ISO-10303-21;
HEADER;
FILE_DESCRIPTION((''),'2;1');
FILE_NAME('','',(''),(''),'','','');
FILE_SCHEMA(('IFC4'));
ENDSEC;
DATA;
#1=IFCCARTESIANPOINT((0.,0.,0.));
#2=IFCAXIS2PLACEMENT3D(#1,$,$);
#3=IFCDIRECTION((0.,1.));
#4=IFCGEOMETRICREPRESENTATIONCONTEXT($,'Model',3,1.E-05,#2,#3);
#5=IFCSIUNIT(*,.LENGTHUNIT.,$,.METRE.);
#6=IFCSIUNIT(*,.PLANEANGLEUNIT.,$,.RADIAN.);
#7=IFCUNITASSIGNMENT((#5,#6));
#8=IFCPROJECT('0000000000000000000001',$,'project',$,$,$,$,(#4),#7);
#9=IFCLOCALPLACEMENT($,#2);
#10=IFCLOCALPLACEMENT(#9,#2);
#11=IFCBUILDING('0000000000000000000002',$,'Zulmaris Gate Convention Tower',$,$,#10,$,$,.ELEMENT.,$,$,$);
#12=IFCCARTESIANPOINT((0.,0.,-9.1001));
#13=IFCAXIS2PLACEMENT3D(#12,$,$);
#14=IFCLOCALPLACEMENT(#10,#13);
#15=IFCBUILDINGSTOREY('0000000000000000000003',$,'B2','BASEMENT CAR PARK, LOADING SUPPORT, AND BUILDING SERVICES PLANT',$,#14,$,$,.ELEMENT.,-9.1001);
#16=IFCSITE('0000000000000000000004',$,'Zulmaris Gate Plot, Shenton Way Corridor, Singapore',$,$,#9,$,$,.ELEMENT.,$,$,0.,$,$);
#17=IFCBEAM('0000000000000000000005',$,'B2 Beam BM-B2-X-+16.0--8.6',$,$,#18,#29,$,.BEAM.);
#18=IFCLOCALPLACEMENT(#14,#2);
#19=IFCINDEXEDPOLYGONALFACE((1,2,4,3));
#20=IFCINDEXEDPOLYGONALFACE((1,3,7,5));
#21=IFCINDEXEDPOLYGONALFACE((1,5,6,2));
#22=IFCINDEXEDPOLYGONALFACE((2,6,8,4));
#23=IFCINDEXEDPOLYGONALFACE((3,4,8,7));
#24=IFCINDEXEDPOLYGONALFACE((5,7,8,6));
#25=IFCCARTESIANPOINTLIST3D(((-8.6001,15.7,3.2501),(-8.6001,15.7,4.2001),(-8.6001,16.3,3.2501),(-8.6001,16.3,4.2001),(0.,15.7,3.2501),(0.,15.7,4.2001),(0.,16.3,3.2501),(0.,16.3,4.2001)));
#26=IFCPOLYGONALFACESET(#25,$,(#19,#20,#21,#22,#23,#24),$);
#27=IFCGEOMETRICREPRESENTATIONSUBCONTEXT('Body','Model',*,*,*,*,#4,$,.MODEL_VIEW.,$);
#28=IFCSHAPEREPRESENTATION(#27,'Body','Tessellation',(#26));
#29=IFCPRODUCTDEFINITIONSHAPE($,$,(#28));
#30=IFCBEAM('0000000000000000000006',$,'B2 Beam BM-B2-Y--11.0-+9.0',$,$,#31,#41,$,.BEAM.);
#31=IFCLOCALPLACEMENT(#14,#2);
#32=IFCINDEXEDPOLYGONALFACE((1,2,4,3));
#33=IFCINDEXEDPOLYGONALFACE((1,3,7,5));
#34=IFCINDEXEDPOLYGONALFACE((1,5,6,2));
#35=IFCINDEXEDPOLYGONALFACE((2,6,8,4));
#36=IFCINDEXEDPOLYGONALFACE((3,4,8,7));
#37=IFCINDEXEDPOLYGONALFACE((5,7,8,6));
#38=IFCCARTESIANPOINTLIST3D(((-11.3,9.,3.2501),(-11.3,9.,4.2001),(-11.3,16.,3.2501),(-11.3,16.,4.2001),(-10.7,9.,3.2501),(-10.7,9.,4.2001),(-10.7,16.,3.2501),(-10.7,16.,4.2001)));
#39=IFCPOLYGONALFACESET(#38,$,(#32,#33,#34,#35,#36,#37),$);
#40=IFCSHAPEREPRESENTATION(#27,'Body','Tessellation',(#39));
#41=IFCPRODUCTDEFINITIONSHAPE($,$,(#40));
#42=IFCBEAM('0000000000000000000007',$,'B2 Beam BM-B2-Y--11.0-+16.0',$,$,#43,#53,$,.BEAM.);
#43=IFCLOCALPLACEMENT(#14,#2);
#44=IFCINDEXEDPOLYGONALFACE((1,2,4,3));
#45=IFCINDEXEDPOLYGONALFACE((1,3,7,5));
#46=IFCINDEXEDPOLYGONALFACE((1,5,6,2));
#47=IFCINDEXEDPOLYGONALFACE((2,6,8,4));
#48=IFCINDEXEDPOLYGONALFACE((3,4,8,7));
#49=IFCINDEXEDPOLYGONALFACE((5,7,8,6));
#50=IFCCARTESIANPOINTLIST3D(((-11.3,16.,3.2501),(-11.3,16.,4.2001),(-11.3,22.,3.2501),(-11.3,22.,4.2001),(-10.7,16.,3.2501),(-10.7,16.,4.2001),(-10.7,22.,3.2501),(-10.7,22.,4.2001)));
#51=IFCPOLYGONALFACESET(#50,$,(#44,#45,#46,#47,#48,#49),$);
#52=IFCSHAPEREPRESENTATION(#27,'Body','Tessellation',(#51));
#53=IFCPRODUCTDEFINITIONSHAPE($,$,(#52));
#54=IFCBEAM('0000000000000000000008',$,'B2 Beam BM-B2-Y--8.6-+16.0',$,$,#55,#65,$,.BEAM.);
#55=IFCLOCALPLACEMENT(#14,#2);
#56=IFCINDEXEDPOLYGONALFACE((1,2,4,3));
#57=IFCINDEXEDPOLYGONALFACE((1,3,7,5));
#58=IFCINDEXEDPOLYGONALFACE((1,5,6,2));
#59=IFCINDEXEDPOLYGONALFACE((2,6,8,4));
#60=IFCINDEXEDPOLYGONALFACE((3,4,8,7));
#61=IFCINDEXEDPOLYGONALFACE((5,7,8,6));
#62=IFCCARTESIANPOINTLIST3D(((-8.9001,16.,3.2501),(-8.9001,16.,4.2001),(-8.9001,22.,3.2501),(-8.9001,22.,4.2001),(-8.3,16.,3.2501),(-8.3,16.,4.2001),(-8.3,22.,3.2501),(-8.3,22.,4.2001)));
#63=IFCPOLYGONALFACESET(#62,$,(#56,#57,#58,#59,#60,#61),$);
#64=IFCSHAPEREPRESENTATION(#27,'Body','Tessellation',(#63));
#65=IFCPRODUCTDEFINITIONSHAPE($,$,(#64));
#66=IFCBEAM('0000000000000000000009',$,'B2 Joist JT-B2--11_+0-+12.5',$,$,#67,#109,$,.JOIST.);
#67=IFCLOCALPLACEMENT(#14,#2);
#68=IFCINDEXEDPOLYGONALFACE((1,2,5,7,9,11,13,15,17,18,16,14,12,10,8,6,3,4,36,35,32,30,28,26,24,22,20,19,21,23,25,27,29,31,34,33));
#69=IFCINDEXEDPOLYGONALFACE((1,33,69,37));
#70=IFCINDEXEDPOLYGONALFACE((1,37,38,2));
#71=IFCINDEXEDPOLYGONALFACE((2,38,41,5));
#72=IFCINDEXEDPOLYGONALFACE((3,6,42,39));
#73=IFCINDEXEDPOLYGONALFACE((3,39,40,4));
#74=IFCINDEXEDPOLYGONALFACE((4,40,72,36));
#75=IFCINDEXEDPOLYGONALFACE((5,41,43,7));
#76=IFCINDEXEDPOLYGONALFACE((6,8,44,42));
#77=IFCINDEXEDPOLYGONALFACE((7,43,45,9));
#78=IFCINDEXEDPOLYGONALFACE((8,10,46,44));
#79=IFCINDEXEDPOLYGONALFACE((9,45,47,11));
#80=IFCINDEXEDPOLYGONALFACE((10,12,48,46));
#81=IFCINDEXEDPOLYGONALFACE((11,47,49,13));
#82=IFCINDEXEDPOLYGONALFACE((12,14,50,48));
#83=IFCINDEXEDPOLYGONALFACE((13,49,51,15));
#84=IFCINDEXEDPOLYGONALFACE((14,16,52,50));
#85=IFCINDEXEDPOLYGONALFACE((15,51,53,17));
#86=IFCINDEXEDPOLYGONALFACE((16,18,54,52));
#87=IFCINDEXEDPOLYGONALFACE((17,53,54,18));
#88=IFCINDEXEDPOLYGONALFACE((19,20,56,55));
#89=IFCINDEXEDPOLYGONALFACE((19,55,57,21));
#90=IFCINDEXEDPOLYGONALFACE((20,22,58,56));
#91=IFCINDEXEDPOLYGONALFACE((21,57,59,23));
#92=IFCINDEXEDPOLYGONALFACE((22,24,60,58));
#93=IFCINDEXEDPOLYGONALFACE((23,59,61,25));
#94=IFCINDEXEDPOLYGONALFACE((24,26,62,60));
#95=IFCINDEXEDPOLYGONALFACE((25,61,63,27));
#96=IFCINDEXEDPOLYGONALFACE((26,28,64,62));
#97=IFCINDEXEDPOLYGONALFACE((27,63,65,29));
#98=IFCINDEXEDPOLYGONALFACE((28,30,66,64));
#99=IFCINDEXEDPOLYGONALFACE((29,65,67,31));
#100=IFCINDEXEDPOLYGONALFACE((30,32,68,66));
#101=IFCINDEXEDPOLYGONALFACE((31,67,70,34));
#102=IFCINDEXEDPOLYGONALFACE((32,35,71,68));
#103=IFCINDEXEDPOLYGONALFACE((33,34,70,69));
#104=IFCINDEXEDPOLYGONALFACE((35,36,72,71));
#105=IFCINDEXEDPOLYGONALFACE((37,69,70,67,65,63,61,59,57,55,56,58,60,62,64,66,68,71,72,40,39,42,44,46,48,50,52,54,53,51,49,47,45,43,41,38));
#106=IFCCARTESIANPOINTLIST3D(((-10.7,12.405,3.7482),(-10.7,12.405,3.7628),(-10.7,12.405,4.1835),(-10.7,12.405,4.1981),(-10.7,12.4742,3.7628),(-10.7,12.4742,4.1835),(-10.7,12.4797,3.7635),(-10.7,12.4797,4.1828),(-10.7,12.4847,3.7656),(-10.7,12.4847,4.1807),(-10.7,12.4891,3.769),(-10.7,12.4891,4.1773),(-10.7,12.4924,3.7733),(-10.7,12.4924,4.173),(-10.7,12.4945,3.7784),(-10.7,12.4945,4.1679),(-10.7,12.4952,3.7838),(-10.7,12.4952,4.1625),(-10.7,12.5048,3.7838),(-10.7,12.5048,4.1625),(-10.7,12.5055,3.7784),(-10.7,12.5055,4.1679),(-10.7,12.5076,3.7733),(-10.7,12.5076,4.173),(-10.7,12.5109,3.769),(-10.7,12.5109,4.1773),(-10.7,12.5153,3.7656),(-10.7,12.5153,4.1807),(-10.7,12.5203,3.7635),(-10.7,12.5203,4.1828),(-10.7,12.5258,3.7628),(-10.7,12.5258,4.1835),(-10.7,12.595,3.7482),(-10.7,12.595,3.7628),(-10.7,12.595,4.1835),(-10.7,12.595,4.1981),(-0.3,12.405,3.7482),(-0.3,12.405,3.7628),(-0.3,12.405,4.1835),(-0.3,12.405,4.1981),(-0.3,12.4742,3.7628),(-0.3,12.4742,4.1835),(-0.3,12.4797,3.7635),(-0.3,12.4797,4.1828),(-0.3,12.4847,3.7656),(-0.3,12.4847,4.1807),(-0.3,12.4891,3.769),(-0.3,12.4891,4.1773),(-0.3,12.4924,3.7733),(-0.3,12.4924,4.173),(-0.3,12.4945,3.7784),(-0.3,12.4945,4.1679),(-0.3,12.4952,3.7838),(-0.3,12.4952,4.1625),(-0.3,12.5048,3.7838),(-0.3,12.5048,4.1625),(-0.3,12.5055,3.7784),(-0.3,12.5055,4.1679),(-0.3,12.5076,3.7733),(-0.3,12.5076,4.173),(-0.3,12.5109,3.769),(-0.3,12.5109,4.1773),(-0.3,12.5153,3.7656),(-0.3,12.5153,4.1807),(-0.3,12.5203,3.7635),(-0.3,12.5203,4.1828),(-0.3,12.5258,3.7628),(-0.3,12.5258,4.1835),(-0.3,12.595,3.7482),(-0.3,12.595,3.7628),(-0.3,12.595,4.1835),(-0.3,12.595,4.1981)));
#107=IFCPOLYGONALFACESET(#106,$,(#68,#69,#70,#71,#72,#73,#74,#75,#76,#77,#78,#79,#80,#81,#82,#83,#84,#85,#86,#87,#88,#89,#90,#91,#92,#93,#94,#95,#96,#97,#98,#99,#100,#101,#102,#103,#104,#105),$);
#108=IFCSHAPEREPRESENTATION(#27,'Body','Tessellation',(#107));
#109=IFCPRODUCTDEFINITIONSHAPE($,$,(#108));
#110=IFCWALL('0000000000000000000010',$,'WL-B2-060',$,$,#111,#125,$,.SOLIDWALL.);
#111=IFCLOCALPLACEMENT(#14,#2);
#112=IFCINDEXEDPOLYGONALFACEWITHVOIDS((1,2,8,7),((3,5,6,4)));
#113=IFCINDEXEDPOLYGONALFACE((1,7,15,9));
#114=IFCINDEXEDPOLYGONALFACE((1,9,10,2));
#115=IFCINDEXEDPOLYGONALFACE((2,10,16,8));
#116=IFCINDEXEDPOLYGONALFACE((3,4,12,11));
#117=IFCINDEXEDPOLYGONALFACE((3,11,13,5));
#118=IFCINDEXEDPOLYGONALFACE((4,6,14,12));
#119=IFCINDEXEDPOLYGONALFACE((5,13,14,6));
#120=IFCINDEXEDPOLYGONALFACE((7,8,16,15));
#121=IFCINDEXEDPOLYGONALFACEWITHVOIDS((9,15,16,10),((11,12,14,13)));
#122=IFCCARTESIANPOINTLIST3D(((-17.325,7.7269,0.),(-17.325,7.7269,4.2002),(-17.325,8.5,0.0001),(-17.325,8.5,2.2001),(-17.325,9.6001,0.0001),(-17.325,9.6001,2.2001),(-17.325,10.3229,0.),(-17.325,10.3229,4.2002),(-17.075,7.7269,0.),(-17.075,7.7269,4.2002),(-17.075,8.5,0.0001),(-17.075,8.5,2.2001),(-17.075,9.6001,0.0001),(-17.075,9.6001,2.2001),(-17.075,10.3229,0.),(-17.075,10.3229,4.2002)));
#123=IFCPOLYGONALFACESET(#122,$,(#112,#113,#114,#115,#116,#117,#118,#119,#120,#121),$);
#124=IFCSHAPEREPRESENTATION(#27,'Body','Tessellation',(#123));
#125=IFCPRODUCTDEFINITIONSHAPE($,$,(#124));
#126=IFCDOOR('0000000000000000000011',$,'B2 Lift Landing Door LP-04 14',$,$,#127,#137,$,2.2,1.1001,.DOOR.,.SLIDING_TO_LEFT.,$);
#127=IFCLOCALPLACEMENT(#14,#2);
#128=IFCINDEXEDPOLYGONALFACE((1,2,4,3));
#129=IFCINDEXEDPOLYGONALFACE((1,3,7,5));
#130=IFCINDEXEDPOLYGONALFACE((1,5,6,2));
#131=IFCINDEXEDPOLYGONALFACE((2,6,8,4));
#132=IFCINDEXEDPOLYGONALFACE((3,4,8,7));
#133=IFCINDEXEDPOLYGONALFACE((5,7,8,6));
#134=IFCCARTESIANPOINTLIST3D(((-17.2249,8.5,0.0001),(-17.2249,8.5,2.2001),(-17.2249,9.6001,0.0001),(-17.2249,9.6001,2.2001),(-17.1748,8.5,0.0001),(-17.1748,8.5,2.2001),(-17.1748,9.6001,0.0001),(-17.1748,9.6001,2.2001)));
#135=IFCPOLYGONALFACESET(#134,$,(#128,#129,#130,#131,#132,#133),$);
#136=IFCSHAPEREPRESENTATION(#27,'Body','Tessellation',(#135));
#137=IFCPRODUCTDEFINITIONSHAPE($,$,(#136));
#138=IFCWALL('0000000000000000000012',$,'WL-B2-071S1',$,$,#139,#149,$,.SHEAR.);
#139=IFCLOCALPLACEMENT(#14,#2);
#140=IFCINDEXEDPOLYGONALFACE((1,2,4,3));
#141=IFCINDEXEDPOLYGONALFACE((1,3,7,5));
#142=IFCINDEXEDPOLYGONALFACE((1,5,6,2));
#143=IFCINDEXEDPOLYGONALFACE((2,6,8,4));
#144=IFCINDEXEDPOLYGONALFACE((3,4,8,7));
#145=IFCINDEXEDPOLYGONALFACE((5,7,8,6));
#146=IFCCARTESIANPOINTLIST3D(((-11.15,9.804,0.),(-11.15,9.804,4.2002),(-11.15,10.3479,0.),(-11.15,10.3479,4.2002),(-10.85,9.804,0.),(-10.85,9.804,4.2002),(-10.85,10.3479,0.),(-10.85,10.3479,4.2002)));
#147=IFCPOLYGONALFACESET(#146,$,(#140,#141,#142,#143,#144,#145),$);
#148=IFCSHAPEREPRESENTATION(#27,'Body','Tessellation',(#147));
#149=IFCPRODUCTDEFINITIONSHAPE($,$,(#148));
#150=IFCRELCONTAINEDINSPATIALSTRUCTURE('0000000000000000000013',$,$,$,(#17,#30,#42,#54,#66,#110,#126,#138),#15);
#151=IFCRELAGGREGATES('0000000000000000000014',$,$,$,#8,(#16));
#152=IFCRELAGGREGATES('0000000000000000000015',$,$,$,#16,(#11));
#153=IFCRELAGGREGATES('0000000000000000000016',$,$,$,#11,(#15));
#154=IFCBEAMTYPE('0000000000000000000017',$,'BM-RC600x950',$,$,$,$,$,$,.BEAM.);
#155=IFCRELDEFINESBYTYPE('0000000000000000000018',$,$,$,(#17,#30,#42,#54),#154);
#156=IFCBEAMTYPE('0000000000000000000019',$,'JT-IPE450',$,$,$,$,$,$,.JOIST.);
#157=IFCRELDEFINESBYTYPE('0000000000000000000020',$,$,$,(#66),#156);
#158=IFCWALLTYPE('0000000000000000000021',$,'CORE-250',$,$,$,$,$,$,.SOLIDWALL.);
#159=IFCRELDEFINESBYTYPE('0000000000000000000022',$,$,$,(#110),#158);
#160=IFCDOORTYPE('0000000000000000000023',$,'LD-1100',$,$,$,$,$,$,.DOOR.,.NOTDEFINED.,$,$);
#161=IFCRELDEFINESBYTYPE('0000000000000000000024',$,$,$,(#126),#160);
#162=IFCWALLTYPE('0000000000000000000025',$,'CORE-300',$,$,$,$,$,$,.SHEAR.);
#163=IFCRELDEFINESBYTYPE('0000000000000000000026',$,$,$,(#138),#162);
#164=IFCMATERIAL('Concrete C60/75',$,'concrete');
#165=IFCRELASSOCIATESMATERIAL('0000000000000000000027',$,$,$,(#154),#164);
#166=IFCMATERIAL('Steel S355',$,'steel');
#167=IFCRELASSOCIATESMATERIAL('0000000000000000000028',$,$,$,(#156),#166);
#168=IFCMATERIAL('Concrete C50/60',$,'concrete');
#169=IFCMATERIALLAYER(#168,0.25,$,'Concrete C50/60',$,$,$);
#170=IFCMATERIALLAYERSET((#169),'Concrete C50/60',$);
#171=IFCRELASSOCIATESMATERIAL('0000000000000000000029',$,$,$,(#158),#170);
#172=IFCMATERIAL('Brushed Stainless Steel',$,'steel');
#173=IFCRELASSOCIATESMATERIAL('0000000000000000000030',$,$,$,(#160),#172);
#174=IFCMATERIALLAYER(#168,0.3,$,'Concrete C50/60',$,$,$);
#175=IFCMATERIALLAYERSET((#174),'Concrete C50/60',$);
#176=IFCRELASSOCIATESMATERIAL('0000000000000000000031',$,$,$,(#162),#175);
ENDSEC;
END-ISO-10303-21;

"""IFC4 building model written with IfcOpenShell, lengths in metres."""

from ifc_helpers import new_model, si_unit, direction, frame, frame_2d, origin, origin_2d, place, context, subcontext, project, spatial, rectangle, i_section, extrude, material, layer, layer_set, material_profile, profile_set, type_object, element, fill, save


model = new_model("IFC4")

# Units and contexts
model_context = context("Model", 3, precision=1e-05, world=origin(), true_north=direction((0.0, 1.0)))
body_context = subcontext(model_context, "Body", "Model", "MODEL_VIEW")
ifc_project = project(units=[si_unit("LENGTHUNIT", "METRE"), si_unit("PLANEANGLEUNIT", "RADIAN")], contexts=[model_context])

# Site, building, storey
site_placement = place(None, origin())
site = spatial("IfcSite", under=ifc_project, at=site_placement, Name="Zulmaris Gate Plot, Shenton Way Corridor, Singapore", CompositionType="ELEMENT", RefElevation=0.0)
building_placement = place(site_placement, origin())
building = spatial("IfcBuilding", under=site, at=building_placement, Name="Zulmaris Gate Convention Tower", CompositionType="ELEMENT")
storey_placement = place(building_placement, frame((0.0, 0.0, -9.1001)))
storey = spatial("IfcBuildingStorey", under=building, at=storey_placement, Name="B2", Description="BASEMENT CAR PARK, LOADING SUPPORT, AND BUILDING SERVICES PLANT", CompositionType="ELEMENT", Elevation=-9.1001)

# Shared definitions
ifc_material_1 = material(Name="Concrete C50/60", Category="concrete")

# Beams
ifc_material_2 = material(Name="Concrete C60/75", Category="concrete")
ifc_material_profile_1 = material_profile(ifc_material_2, rectangle(XDim=0.6001, YDim=0.95, at=origin_2d()), Name="RC BEAM 600x950")
ifc_profile_set_1 = profile_set([ifc_material_profile_1], Name="Concrete C60/75")
beam_type_1 = type_object("IfcBeamType", Name="BM-RC600x950", PredefinedType="BEAM", material=ifc_profile_set_1)
beam_1_placement = place(storey_placement, frame((-8.6001, 16.0, 3.7251), z_axis=(1.0, 0.0, 0.0), x_axis=(0.0, 1.0, 0.0)))
element("IfcBeam", 1, at=beam_1_placement, inside=storey, type_object=beam_type_1, Name="B2 Beam BM-B2-X-+16.0--8.6", PredefinedType="BEAM", context=body_context, shape_type="SweptSolid", body=[
    extrude(rectangle(XDim=0.6001, YDim=0.95, at=origin_2d()), origin(), (0.0, 0.0, 1.0), 8.6001),
])
beam_2_placement = place(storey_placement, frame((-11.0, 9.0, 3.7251), z_axis=(0.0, 1.0, 0.0), x_axis=(-1.0, 0.0, 0.0)))
element("IfcBeam", 2, at=beam_2_placement, inside=storey, type_object=beam_type_1, Name="B2 Beam BM-B2-Y--11.0-+9.0", PredefinedType="BEAM", context=body_context, shape_type="SweptSolid", body=[
    extrude(rectangle(XDim=0.6001, YDim=0.95, at=origin_2d()), origin(), (0.0, 0.0, 1.0), 7.0),
])
for number, where, z_axis, x_axis, name in (
    (3, (-11.0, 16.0, 3.7251), (0.0, 1.0, 0.0), (-1.0, 0.0, 0.0), "B2 Beam BM-B2-Y--11.0-+16.0"),
    (4, (-8.6001, 16.0, 3.7251), (0.0, 1.0, 0.0), (-1.0, 0.0, 0.0), "B2 Beam BM-B2-Y--8.6-+16.0"),
):
    element("IfcBeam", number, at=place(storey_placement, frame(where, z_axis=z_axis, x_axis=x_axis)), inside=storey, type_object=beam_type_1, Name=name, PredefinedType="BEAM", context=body_context, shape_type="SweptSolid", body=[
        extrude(rectangle(XDim=0.6001, YDim=0.95, at=origin_2d()), origin(), (0.0, 0.0, 1.0), 6.0),
    ])
ifc_material_3 = material(Name="Steel S355", Category="steel")
ifc_material_profile_2 = material_profile(ifc_material_3, i_section(OverallWidth=0.1899, OverallDepth=0.45, WebThickness=0.0095, FlangeThickness=0.0146, FilletRadius=0.021, at=origin_2d()), Name="IPE 450")
ifc_profile_set_2 = profile_set([ifc_material_profile_2], Name="Steel S355")
beam_type_2 = type_object("IfcBeamType", Name="JT-IPE450", PredefinedType="JOIST", material=ifc_profile_set_2)
beam_3_placement = place(storey_placement, frame((-10.7, 12.5, 3.9731), z_axis=(1.0, 0.0, 0.0), x_axis=(0.0, 1.0, 0.0)))
element("IfcBeam", 5, at=beam_3_placement, inside=storey, type_object=beam_type_2, Name="B2 Joist JT-B2--11_+0-+12.5", PredefinedType="JOIST", context=body_context, shape_type="SweptSolid", body=[
    extrude(i_section(OverallWidth=0.1899, OverallDepth=0.45, WebThickness=0.0095, FlangeThickness=0.0146, FilletRadius=0.021, at=origin_2d()), origin(), (0.0, 0.0, 1.0), 10.3999),
])

# Wall, opening, door
ifc_layer_1 = layer(ifc_material_1, 0.25, Name="Concrete C50/60")
ifc_layer_set_1 = layer_set([ifc_layer_1], Name="Concrete C50/60")
wall_type_1 = type_object("IfcWallType", Name="CORE-250", PredefinedType="SOLIDWALL", material=ifc_layer_set_1)
wall_1_placement = place(storey_placement, frame((-17.2, 7.7271, 0.0), z_axis=(0.0, 0.0, 1.0), x_axis=(0.0, 1.0, 0.0)))
wall_1 = element("IfcWall", 6, at=wall_1_placement, inside=storey, type_object=wall_type_1, Name="WL-B2-060", PredefinedType="SOLIDWALL", context=body_context, shape_type="SweptSolid", body=[
    extrude(rectangle(XDim=2.5959, YDim=0.25, at=frame_2d((1.2979, 0.0))), origin(), (0.0, 0.0, 1.0), 4.2002),
])
opening_1_placement = place(wall_1_placement, frame((0.7729, 0.0, 0.0)))
opening_1 = element("IfcOpeningElement", 7, at=opening_1_placement, cuts=wall_1, PredefinedType="OPENING", context=body_context, shape_type="SweptSolid", body=[
    extrude(rectangle(XDim=1.1001, YDim=2.2, at=frame_2d((0.55, 1.1001))), frame((0.0, 0.135, 0.0), z_axis=(0.0, -1.0, 0.0), x_axis=(1.0, 0.0, 0.0)), (0.0, 0.0, 1.0), 0.27),
])
ifc_material_4 = material(Name="Brushed Stainless Steel", Category="steel")
door_type_1 = type_object("IfcDoorType", Name="LD-1100", OperationType="NOTDEFINED", PredefinedType="DOOR", material=ifc_material_4)
door_1_placement = place(opening_1_placement, origin())
door_1 = element("IfcDoor", 8, at=door_1_placement, inside=storey, type_object=door_type_1, Name="B2 Lift Landing Door LP-04 14", OperationType="SLIDING_TO_LEFT", OverallHeight=2.2, OverallWidth=1.1001, PredefinedType="DOOR", context=body_context, shape_type="SweptSolid", body=[
    extrude(rectangle(XDim=1.1001, YDim=2.2, at=frame_2d((0.55, 1.1001))), frame((0.0, 0.0249, 0.0), z_axis=(0.0, -1.0, 0.0), x_axis=(1.0, 0.0, 0.0)), (0.0, 0.0, 1.0), 0.05),
])
fill(opening_1, door_1)
ifc_layer_2 = layer(ifc_material_1, 0.3, Name="Concrete C50/60")
ifc_layer_set_2 = layer_set([ifc_layer_2], Name="Concrete C50/60")
wall_type_2 = type_object("IfcWallType", Name="CORE-300", PredefinedType="SHEAR", material=ifc_layer_set_2)

# Wall
wall_2_placement = place(storey_placement, frame((-11.0, 9.804, 0.0), z_axis=(0.0, 0.0, 1.0), x_axis=(0.0, 1.0, 0.0)))
element("IfcWall", 9, at=wall_2_placement, inside=storey, type_object=wall_type_2, Name="WL-B2-071S1", PredefinedType="SHEAR", context=body_context, shape_type="SweptSolid", body=[
    extrude(rectangle(XDim=0.5439, YDim=0.3, at=frame_2d((0.272, 0.0))), origin(), (0.0, 0.0, 1.0), 4.2002),
])

save(model, "model.ifc")
